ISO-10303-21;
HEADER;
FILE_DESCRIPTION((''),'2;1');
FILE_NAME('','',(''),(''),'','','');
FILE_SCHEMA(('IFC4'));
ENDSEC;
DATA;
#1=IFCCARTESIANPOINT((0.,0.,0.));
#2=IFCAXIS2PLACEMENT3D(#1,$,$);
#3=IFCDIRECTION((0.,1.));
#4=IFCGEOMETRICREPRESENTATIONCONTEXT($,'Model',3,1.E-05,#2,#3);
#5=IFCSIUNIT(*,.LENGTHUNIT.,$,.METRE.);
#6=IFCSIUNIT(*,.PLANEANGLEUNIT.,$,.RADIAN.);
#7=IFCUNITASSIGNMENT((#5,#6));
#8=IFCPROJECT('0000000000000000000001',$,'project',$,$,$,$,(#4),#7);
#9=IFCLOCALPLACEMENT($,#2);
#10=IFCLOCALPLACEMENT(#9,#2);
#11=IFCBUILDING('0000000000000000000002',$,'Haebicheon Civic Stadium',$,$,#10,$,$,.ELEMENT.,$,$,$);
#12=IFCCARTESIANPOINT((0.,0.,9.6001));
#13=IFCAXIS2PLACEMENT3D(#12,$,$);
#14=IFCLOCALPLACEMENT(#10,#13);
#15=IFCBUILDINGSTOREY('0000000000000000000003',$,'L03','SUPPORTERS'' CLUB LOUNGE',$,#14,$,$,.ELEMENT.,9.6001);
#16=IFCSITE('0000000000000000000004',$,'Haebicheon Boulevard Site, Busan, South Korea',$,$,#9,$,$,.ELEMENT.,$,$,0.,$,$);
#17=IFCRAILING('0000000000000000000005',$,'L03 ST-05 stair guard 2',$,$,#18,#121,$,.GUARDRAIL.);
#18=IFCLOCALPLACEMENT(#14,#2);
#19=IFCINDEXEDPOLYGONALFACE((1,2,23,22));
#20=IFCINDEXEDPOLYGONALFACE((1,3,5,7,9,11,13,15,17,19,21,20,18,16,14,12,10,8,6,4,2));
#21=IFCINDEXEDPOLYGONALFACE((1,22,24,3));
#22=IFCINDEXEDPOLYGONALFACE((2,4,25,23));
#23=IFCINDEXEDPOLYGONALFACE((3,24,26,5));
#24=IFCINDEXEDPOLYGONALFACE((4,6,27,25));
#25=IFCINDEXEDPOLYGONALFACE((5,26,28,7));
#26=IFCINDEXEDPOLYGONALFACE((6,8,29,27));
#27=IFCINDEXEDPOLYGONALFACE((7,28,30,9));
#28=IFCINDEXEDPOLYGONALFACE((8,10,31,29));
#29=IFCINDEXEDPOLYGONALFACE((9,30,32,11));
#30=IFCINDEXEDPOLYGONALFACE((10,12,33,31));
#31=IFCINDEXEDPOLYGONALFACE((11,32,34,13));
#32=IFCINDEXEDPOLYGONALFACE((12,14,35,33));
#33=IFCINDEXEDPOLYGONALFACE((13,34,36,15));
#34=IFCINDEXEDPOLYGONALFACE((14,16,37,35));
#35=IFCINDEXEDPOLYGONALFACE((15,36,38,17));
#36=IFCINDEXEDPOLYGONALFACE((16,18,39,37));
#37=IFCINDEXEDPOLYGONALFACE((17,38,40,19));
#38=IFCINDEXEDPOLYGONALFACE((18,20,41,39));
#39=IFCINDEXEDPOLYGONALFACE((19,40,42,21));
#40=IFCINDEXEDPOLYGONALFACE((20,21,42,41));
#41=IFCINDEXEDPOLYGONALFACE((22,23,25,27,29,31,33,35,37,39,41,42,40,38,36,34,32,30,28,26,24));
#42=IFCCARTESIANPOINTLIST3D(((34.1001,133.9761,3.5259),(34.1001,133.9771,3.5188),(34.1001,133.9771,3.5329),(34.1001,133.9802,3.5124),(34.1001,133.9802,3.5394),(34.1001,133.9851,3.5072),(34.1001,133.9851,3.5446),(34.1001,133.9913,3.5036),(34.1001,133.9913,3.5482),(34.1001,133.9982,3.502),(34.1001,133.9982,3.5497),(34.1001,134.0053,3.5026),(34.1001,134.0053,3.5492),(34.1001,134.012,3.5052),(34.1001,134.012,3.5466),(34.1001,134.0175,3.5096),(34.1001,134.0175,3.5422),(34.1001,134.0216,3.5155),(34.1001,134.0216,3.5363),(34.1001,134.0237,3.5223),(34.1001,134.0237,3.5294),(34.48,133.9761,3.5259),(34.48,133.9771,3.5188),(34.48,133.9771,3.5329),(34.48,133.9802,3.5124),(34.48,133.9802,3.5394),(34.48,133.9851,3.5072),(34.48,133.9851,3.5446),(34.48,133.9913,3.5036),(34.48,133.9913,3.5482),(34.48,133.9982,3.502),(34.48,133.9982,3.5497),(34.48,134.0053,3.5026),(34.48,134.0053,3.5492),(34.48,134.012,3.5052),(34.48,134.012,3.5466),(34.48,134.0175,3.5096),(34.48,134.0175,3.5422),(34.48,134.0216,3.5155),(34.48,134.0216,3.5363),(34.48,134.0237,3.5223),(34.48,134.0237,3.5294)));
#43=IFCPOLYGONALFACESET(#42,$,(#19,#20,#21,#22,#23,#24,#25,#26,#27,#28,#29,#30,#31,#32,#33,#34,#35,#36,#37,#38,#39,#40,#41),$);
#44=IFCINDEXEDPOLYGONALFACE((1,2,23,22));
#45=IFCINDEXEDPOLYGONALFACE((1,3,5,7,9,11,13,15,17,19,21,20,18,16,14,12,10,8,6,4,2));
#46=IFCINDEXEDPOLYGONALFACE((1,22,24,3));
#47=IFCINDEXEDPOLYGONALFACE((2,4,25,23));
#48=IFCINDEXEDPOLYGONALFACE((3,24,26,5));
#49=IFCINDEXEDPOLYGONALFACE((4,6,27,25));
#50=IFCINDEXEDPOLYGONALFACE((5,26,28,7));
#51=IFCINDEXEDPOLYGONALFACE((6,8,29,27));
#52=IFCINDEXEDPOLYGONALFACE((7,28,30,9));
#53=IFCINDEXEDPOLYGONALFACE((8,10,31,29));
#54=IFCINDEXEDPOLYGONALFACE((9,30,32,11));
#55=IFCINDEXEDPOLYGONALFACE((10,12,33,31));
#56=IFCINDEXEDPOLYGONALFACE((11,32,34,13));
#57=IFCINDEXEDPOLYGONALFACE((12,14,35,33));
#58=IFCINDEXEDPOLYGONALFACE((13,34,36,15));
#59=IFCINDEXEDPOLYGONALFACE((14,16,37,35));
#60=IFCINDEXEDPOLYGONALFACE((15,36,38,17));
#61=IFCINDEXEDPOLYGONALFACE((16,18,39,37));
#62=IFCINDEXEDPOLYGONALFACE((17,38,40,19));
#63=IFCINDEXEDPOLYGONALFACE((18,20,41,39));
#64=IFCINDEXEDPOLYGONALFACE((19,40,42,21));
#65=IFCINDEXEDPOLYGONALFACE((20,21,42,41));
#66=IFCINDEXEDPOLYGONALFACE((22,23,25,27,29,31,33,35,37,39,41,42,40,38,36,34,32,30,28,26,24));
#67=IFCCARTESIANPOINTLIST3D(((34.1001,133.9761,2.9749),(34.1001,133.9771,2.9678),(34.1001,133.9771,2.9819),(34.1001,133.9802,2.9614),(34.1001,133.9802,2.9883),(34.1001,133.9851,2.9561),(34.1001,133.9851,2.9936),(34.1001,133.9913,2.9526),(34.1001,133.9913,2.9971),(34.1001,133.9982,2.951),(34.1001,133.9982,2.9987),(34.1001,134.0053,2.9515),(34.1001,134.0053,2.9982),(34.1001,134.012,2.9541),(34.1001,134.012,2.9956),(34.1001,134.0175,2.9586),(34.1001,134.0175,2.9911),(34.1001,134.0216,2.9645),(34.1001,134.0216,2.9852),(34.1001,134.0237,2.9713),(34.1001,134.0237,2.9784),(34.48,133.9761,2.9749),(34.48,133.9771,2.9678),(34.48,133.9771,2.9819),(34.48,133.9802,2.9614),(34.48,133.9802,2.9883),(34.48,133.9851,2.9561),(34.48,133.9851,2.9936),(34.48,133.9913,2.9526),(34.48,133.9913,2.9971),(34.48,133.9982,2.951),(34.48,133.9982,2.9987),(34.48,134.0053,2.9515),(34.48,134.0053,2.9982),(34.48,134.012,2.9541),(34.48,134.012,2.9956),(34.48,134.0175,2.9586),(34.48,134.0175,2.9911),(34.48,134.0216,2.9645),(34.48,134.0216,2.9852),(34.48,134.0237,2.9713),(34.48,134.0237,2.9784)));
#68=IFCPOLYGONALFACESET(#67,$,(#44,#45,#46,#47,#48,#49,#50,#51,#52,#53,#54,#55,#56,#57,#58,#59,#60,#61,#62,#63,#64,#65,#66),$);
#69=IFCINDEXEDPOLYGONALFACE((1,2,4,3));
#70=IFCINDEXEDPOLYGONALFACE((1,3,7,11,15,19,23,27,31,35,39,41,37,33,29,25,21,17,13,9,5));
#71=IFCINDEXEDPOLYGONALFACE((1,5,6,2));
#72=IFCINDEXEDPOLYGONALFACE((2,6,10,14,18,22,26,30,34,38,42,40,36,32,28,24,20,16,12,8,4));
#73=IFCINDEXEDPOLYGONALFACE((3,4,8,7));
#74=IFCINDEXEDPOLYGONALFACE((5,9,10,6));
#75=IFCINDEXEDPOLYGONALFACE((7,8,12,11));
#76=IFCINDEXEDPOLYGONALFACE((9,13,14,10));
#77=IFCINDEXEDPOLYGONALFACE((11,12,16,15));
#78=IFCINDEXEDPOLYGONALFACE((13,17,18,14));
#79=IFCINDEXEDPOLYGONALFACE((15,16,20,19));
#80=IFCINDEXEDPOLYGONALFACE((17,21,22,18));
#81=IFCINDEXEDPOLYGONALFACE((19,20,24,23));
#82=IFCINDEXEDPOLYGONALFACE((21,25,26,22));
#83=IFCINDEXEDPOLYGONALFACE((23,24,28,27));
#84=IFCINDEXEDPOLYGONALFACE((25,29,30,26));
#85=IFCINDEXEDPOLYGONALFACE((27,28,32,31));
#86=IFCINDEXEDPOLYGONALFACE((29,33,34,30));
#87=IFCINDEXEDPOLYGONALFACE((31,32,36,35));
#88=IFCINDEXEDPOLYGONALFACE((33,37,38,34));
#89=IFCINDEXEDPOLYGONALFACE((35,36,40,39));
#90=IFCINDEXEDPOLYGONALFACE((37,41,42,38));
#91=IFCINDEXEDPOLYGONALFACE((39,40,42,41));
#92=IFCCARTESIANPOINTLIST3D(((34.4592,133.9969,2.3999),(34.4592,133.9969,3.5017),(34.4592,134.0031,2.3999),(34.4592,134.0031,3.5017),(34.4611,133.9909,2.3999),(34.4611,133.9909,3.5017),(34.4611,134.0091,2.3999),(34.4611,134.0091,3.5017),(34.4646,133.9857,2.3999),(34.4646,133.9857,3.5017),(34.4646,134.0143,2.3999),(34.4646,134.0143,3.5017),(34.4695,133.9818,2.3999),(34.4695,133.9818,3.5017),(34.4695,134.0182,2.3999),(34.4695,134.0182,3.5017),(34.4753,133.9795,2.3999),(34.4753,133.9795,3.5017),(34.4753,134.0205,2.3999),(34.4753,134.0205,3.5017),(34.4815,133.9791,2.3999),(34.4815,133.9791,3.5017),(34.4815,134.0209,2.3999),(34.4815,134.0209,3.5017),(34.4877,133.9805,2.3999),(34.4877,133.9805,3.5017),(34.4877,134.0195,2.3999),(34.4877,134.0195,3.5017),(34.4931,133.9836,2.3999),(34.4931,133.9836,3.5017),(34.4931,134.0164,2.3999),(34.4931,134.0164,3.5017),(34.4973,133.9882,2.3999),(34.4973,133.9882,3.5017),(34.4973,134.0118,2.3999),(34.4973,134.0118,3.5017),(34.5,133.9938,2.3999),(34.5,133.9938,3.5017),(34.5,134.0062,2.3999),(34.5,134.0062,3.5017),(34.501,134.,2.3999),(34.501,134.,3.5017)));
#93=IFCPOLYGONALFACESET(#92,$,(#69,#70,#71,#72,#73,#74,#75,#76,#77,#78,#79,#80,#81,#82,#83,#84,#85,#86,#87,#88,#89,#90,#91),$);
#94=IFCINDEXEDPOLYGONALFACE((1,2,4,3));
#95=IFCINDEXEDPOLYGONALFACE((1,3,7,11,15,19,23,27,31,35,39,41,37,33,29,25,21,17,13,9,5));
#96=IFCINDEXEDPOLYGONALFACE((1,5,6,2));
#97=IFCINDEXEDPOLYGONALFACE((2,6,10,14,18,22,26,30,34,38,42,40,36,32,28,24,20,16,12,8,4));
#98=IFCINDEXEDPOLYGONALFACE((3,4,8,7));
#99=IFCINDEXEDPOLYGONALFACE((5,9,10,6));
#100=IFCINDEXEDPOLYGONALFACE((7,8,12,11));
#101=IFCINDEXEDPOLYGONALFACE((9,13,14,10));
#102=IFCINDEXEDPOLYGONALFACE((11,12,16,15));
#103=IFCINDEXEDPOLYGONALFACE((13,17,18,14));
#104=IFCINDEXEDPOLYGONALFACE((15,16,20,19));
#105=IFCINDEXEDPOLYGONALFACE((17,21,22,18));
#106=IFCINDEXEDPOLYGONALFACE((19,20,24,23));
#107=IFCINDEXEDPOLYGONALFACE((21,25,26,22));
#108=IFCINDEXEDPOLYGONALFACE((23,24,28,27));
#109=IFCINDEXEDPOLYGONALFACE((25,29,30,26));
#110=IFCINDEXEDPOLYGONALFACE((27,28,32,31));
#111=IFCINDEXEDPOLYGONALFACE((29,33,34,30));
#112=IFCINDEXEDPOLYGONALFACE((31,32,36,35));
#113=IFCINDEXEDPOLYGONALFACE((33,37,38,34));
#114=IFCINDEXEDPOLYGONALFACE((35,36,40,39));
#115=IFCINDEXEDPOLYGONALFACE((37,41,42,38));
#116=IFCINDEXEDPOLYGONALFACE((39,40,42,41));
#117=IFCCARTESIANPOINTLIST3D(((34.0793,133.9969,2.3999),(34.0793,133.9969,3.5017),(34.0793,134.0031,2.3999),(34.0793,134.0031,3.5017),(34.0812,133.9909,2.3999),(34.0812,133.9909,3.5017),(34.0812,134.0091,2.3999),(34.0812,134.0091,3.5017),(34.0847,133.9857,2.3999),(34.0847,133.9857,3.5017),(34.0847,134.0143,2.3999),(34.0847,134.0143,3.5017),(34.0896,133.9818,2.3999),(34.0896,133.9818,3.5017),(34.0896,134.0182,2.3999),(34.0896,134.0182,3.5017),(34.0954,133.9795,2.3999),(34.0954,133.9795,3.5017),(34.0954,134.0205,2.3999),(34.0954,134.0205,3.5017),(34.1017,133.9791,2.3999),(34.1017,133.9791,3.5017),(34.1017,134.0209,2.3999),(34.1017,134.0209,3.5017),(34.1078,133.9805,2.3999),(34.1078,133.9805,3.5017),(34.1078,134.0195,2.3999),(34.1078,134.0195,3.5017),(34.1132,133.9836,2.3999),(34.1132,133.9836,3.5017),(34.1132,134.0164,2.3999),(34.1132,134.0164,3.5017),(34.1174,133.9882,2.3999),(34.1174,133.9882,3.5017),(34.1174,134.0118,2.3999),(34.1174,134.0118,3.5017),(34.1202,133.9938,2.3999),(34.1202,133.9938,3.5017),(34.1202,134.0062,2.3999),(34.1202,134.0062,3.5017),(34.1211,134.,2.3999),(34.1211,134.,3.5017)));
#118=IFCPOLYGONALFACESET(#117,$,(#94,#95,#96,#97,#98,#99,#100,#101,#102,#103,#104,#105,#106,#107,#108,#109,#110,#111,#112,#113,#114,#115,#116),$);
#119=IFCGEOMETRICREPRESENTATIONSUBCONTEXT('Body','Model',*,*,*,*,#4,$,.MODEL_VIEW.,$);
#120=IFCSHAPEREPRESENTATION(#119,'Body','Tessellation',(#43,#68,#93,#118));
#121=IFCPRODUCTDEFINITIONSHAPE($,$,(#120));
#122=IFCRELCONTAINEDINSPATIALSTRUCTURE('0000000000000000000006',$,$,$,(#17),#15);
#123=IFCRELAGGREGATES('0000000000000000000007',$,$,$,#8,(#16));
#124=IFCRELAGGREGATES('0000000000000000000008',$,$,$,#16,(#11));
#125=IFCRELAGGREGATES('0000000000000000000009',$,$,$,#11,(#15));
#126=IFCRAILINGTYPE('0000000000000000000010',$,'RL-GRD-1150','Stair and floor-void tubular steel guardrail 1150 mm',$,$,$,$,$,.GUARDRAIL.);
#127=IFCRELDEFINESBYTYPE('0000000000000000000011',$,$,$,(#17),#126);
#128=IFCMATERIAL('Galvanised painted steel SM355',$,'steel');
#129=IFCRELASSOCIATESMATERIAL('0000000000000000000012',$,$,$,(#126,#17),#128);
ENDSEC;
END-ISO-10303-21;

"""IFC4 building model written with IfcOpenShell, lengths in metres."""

from ifc_helpers import new_model, si_unit, direction, frame, origin, origin_2d, place, context, subcontext, project, spatial, circle, extrude, material, type_object, element, save


model = new_model("IFC4")

# Units and contexts
model_context = context("Model", 3, precision=1e-05, world=origin(), true_north=direction((0.0, 1.0)))
body_context = subcontext(model_context, "Body", "Model", "MODEL_VIEW")
ifc_project = project(units=[si_unit("LENGTHUNIT", "METRE"), si_unit("PLANEANGLEUNIT", "RADIAN")], contexts=[model_context])

# Site, building, storey
site_placement = place(None, origin())
site = spatial("IfcSite", under=ifc_project, at=site_placement, Name="Haebicheon Boulevard Site, Busan, South Korea", CompositionType="ELEMENT", RefElevation=0.0)
building_placement = place(site_placement, origin())
building = spatial("IfcBuilding", under=site, at=building_placement, Name="Haebicheon Civic Stadium", CompositionType="ELEMENT")
storey_placement = place(building_placement, frame((0.0, 0.0, 9.6001)))
storey = spatial("IfcBuildingStorey", under=building, at=storey_placement, Name="L03", Description="SUPPORTERS' CLUB LOUNGE", CompositionType="ELEMENT", Elevation=9.6001)

# Railing
ifc_material_1 = material(Name="Galvanised painted steel SM355", Category="steel")
railing_type_1 = type_object("IfcRailingType", Name="RL-GRD-1150", Description="Stair and floor-void tubular steel guardrail 1150 mm", PredefinedType="GUARDRAIL", material=ifc_material_1)
railing_1_placement = place(storey_placement, frame((34.48, 134.0, 2.3999)))
element("IfcRailing", 1, at=railing_1_placement, inside=storey, type_object=railing_type_1, material=ifc_material_1, Name="L03 ST-05 stair guard 2", PredefinedType="GUARDRAIL", context=body_context, shape_type="SweptSolid", body=[
    extrude(circle(Radius=0.0239, at=origin_2d()), frame((0.0, 0.0, 1.126), z_axis=(-1.0, 0.0, 0.0), x_axis=(0.0, -1.0, 0.0)), (0.0, 0.0, 1.0), 0.3799),
    extrude(circle(Radius=0.0239, at=origin_2d()), frame((0.0, 0.0, 0.575), z_axis=(-1.0, 0.0, 0.0), x_axis=(0.0, -1.0, 0.0)), (0.0, 0.0, 1.0), 0.3799),
    extrude(circle(Radius=0.021, at=origin_2d()), origin(), (0.0, 0.0, 1.0), 1.1018),
    extrude(circle(Radius=0.021, at=origin_2d()), frame((-0.3799, 0.0, 0.0)), (0.0, 0.0, 1.0), 1.1018),
])

save(model, "model.ifc")
